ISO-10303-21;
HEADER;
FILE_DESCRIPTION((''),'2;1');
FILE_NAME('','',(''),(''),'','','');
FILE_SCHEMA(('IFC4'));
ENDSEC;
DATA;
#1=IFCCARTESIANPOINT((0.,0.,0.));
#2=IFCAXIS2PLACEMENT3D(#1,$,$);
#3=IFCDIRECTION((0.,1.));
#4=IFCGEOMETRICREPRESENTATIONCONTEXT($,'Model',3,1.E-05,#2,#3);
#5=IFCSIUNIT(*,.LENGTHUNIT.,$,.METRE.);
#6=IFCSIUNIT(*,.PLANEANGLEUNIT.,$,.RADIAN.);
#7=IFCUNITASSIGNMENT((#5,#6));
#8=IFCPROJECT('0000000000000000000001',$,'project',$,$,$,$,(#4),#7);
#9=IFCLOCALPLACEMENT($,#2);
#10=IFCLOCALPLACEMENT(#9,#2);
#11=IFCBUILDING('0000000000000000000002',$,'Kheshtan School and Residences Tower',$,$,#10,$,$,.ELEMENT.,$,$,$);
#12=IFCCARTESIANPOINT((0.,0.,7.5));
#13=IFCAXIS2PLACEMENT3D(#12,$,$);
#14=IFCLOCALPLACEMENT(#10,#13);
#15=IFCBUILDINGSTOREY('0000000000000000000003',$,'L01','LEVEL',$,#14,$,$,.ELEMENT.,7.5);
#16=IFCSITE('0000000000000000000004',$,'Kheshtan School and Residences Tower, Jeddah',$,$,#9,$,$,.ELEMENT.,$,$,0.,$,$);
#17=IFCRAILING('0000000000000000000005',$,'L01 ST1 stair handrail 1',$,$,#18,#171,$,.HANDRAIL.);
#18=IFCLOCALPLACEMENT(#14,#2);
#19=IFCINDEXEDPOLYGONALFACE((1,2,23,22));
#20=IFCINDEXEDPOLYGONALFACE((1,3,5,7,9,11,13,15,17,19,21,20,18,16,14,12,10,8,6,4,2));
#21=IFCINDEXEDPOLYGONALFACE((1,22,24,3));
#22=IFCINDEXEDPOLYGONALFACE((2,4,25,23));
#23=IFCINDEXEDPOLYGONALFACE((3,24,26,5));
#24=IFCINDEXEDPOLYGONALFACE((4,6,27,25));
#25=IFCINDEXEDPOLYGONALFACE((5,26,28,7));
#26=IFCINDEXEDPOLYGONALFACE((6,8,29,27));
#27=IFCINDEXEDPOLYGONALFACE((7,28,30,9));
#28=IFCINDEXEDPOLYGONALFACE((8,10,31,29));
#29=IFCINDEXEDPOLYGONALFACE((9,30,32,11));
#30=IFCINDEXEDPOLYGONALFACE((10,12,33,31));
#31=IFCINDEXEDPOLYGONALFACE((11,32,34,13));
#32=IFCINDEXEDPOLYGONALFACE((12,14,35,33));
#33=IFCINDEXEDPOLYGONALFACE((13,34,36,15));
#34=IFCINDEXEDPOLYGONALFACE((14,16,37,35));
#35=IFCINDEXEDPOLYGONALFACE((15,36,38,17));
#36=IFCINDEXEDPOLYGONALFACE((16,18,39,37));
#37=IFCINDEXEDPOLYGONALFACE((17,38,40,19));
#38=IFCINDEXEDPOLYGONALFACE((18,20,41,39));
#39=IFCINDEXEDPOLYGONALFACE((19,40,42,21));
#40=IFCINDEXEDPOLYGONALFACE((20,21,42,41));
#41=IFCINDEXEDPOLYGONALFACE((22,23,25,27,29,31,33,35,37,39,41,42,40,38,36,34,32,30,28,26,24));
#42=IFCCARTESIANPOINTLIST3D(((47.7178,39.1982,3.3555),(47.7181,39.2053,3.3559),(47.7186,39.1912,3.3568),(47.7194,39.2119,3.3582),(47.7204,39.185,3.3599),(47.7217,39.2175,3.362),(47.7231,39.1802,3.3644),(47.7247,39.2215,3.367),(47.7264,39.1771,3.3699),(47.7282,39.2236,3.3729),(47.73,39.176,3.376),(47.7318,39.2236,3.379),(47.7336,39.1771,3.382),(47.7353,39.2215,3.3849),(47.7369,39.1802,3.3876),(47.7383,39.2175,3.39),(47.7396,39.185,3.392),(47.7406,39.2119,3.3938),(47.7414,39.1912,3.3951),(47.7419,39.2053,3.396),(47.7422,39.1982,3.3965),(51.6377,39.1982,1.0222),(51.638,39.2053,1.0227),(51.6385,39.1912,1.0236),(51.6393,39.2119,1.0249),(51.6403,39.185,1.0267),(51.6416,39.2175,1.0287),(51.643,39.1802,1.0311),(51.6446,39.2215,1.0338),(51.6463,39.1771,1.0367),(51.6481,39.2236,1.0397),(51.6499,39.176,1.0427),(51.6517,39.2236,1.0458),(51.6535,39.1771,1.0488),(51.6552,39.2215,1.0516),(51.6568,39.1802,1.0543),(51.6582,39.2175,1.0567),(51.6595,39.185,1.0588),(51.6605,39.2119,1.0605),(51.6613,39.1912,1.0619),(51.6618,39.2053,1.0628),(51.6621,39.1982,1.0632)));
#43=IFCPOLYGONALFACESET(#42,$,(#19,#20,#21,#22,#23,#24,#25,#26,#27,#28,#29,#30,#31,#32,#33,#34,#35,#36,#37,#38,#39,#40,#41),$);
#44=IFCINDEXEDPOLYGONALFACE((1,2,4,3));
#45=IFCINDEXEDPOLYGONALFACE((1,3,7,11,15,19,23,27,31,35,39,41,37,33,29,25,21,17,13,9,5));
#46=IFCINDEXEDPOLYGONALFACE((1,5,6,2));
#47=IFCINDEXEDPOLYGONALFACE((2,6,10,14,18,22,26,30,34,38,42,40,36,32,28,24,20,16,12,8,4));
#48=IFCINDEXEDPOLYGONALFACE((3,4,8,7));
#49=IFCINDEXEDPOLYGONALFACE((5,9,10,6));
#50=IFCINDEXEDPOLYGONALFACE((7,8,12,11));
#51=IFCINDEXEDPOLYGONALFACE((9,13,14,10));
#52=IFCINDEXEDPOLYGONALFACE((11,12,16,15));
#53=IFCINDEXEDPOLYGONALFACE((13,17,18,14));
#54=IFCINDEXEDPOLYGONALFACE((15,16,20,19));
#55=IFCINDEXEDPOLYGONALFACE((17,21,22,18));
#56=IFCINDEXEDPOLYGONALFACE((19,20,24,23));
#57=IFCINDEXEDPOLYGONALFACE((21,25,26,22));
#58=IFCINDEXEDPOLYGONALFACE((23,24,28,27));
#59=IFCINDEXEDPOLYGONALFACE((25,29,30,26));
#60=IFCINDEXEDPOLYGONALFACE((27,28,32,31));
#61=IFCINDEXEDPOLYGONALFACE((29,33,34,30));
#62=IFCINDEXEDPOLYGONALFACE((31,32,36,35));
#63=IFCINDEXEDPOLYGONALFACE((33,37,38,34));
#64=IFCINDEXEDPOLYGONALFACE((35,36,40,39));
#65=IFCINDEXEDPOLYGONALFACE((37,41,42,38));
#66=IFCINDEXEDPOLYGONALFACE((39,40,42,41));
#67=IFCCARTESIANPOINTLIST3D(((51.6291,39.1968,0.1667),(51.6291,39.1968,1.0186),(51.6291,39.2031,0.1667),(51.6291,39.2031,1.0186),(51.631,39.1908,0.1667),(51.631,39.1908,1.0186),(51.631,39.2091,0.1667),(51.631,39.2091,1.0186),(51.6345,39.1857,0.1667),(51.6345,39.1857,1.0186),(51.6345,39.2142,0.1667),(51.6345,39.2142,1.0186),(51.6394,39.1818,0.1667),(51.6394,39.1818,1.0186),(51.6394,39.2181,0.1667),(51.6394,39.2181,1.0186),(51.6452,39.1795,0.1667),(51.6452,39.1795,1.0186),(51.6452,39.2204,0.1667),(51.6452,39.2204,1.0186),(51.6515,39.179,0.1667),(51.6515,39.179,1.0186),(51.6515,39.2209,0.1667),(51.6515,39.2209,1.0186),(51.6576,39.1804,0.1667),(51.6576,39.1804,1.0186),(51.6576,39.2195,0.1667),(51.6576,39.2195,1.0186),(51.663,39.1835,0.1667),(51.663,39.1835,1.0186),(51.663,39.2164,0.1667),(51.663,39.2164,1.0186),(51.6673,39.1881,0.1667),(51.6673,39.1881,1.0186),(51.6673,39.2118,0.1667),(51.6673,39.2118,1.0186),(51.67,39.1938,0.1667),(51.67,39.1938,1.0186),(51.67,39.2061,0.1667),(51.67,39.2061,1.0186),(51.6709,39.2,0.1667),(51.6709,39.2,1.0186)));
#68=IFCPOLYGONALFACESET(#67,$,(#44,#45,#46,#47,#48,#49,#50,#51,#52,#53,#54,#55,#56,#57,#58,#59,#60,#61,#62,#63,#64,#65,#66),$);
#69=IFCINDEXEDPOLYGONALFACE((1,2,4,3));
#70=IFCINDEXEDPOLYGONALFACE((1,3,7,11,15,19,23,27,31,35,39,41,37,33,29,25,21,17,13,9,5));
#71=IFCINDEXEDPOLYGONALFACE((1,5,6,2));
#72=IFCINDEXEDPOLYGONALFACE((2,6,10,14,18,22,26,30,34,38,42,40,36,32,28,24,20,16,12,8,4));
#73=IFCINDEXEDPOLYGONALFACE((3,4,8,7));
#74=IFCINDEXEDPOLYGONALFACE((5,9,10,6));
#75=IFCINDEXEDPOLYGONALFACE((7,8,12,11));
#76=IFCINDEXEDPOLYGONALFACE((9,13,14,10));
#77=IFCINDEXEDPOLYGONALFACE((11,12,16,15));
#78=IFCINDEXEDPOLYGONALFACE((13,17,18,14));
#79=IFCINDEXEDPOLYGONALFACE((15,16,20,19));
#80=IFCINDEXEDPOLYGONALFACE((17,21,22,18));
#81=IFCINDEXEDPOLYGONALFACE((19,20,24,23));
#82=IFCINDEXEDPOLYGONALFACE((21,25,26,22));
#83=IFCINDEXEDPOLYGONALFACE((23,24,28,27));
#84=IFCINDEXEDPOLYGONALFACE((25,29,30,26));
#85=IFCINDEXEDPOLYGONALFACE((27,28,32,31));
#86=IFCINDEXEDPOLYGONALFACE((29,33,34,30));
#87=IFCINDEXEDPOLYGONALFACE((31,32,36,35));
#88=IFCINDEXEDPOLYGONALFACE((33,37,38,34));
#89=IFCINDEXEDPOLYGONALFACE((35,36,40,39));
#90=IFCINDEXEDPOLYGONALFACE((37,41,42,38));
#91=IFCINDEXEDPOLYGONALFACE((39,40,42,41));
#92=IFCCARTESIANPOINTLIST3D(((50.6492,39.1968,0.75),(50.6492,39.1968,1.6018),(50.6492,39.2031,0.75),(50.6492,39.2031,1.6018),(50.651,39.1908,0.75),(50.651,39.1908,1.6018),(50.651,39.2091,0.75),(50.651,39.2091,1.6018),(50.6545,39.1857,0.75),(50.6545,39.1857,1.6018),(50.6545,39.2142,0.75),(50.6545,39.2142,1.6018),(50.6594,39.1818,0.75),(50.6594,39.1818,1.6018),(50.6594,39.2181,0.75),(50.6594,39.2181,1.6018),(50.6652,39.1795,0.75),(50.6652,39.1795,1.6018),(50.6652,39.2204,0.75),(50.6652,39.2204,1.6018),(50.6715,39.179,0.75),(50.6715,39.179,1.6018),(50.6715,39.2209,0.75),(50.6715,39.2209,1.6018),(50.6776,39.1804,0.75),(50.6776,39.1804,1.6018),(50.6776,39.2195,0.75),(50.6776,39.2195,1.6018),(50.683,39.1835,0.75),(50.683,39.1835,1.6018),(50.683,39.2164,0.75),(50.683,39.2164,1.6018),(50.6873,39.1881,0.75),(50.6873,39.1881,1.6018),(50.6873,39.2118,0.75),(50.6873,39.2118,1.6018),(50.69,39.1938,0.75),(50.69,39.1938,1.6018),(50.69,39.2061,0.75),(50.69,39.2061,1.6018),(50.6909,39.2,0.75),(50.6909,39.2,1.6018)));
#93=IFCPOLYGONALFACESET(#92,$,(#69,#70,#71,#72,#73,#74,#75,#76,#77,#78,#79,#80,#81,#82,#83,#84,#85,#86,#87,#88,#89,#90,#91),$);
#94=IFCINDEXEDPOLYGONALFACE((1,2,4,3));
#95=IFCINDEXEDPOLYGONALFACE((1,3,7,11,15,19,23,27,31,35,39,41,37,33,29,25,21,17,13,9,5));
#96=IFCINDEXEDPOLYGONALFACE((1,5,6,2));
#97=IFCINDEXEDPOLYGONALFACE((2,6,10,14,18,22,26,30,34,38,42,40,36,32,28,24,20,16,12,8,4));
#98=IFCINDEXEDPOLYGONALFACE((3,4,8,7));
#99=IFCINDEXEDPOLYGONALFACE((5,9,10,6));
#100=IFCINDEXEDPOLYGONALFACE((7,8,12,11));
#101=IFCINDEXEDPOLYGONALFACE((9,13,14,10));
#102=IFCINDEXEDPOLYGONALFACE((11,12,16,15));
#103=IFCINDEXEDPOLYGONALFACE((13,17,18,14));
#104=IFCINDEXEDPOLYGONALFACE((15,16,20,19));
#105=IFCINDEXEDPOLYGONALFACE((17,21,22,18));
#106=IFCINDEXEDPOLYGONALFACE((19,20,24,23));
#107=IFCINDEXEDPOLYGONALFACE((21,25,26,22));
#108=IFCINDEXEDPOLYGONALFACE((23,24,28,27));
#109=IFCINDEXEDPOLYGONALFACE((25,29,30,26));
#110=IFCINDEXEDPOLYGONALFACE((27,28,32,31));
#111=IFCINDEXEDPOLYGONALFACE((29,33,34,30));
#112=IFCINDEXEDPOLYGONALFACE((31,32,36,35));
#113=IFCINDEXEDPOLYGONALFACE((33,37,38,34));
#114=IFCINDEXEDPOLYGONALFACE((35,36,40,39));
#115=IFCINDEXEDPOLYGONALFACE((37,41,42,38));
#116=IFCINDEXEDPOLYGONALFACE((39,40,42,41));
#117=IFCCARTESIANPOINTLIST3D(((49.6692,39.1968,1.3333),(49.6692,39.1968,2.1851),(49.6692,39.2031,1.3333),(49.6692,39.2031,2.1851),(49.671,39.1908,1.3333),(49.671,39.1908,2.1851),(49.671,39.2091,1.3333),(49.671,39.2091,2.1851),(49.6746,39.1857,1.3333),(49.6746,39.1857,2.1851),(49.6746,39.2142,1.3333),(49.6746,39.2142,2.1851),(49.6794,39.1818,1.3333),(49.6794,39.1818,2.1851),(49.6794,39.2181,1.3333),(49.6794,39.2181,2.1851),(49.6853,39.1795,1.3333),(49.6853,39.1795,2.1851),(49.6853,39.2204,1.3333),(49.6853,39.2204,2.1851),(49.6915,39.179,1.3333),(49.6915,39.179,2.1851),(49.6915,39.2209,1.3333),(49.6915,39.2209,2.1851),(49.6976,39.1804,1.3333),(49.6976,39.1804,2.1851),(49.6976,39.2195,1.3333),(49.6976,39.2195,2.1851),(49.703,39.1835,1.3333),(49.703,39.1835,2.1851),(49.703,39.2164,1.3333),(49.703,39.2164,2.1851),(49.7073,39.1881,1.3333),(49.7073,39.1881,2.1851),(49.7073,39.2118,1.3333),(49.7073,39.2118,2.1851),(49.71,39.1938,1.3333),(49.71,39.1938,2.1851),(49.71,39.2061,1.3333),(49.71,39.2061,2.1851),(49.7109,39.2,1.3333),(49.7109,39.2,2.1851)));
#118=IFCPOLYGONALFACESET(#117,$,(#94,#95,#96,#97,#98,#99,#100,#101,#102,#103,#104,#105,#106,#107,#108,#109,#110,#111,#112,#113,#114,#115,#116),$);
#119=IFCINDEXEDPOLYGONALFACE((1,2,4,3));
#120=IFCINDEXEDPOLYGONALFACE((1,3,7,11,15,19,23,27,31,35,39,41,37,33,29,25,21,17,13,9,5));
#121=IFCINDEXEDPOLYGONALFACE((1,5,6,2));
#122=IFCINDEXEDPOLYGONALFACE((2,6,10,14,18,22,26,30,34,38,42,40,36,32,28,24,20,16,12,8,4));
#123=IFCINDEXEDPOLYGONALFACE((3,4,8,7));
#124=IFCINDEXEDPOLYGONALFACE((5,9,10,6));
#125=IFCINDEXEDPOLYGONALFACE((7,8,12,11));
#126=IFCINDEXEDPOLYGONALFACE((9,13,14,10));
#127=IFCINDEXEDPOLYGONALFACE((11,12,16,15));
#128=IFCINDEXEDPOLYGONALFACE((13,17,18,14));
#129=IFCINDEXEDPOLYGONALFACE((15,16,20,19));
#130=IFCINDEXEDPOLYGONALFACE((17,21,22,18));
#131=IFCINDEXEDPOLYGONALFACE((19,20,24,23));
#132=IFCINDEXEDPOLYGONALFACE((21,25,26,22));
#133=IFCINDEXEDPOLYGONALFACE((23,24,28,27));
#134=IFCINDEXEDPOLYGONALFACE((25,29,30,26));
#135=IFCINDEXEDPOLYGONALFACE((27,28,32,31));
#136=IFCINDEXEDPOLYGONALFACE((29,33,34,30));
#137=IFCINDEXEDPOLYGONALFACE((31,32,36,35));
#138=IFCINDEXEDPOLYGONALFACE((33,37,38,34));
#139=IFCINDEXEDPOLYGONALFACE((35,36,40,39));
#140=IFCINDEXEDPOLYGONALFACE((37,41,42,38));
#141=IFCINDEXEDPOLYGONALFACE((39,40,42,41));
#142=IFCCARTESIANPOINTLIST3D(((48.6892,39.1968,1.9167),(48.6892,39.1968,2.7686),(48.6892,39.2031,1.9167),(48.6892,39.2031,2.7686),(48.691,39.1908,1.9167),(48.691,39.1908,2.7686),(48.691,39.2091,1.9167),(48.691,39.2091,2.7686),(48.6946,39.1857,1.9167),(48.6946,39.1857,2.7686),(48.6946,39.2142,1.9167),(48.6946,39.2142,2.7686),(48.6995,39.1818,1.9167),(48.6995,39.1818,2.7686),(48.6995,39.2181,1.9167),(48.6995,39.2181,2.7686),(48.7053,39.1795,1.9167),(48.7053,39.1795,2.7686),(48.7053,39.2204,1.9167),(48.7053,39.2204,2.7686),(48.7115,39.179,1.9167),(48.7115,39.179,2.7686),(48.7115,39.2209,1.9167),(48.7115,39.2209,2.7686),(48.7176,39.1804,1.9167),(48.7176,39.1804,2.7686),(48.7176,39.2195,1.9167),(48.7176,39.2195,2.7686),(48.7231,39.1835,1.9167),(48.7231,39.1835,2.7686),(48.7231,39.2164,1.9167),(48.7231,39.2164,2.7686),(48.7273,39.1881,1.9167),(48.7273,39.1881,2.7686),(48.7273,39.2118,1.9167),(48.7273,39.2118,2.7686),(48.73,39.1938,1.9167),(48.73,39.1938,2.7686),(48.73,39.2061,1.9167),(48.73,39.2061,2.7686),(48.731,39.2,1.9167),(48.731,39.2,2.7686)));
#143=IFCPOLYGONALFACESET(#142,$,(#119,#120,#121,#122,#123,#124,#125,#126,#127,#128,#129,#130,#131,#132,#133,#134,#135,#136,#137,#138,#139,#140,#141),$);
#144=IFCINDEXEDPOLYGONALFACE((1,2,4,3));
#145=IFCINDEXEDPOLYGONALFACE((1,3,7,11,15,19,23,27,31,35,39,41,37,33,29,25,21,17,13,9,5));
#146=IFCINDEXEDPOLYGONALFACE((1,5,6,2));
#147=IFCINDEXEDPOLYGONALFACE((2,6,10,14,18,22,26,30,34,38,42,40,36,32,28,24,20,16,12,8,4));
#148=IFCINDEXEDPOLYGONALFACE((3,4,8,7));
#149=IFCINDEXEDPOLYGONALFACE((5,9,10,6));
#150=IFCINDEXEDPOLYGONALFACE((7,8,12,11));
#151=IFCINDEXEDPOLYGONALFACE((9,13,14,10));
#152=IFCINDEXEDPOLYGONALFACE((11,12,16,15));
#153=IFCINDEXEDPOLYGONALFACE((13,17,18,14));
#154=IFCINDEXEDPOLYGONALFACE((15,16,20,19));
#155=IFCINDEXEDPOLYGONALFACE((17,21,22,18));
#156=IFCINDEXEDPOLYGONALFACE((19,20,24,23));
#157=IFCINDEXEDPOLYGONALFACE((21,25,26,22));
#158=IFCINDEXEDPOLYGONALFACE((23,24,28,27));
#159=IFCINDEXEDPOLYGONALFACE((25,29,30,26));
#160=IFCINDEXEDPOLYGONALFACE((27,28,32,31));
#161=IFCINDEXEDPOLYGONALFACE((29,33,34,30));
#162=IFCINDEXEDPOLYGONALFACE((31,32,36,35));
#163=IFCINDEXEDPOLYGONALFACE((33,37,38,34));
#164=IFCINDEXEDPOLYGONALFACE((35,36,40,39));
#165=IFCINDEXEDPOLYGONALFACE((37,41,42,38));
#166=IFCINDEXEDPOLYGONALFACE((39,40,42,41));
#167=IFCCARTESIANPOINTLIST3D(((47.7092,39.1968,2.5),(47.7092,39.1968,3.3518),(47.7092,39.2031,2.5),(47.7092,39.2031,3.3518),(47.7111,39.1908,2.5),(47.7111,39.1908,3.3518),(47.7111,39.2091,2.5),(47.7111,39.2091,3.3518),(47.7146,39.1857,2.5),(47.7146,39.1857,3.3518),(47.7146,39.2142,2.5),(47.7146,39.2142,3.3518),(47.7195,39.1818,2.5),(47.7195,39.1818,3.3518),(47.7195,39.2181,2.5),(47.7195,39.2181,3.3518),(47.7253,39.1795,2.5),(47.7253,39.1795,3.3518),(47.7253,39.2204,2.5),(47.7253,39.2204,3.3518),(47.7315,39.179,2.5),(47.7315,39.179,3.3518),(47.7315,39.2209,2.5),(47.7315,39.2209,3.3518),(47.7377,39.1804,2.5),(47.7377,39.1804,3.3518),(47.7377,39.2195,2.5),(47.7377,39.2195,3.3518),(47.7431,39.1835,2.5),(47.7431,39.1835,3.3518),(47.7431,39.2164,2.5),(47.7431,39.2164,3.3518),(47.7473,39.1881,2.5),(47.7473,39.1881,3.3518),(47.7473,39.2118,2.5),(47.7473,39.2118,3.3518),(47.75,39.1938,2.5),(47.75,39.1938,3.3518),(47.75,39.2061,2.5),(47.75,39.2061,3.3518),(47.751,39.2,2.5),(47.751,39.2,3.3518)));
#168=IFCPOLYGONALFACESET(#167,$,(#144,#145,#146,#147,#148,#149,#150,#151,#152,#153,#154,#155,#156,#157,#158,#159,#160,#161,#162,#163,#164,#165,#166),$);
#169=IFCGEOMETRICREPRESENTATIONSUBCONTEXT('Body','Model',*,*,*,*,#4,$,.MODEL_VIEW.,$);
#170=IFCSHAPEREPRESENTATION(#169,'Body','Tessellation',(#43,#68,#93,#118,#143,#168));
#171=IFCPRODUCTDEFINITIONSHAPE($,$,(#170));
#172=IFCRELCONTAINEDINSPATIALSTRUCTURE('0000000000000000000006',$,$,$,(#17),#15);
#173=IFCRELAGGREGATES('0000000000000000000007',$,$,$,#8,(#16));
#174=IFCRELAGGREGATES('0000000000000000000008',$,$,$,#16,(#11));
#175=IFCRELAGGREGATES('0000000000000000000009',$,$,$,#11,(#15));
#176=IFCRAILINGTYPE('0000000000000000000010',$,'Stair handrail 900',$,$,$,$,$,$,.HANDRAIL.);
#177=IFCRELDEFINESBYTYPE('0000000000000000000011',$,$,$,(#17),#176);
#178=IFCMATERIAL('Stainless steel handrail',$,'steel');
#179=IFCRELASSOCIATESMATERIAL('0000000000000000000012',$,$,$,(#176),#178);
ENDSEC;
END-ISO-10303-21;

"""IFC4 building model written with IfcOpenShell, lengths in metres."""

from ifc_helpers import new_model, si_unit, direction, frame, origin, origin_2d, place, context, subcontext, project, spatial, circle, extrude, material, type_object, element, save


model = new_model("IFC4")

# Units and contexts
model_context = context("Model", 3, precision=1e-05, world=origin(), true_north=direction((0.0, 1.0)))
body_context = subcontext(model_context, "Body", "Model", "MODEL_VIEW")
ifc_project = project(units=[si_unit("LENGTHUNIT", "METRE"), si_unit("PLANEANGLEUNIT", "RADIAN")], contexts=[model_context])

# Site, building, storey
site_placement = place(None, origin())
site = spatial("IfcSite", under=ifc_project, at=site_placement, Name="Kheshtan School and Residences Tower, Jeddah", CompositionType="ELEMENT", RefElevation=0.0)
building_placement = place(site_placement, origin())
building = spatial("IfcBuilding", under=site, at=building_placement, Name="Kheshtan School and Residences Tower", CompositionType="ELEMENT")
storey_placement = place(building_placement, frame((0.0, 0.0, 7.5)))
storey = spatial("IfcBuildingStorey", under=building, at=storey_placement, Name="L01", Description="LEVEL", CompositionType="ELEMENT", Elevation=7.5)

# Railing
ifc_material_1 = material(Name="Stainless steel handrail", Category="steel")
railing_type_1 = type_object("IfcRailingType", Name="Stair handrail 900", PredefinedType="HANDRAIL", material=ifc_material_1)
railing_1_placement = place(storey_placement, frame((51.6499, 39.2, 0.1667)))
element("IfcRailing", 1, at=railing_1_placement, inside=storey, type_object=railing_type_1, Name="L01 ST1 stair handrail 1", PredefinedType="HANDRAIL", context=body_context, shape_type="SweptSolid", body=[
    extrude(circle(Radius=0.0239, at=origin_2d()), frame((0.0, 0.0, 0.876), z_axis=(-0.859296, 0.0, 0.511478), x_axis=(0.0, -1.0, 0.0)), (0.0, 0.0, 1.0), 4.5618),
    extrude(circle(Radius=0.021, at=origin_2d()), origin(), (0.0, 0.0, 1.0), 0.8518),
    extrude(circle(Radius=0.021, at=origin_2d()), frame((-0.98, 0.0, 0.5833)), (0.0, 0.0, 1.0), 0.8518),
    extrude(circle(Radius=0.021, at=origin_2d()), frame((-1.96, 0.0, 1.1665)), (0.0, 0.0, 1.0), 0.8518),
    extrude(circle(Radius=0.021, at=origin_2d()), frame((-2.9399, 0.0, 1.75)), (0.0, 0.0, 1.0), 0.8518),
    extrude(circle(Radius=0.021, at=origin_2d()), frame((-3.9199, 0.0, 2.3333)), (0.0, 0.0, 1.0), 0.8518),
])

save(model, "model.ifc")
